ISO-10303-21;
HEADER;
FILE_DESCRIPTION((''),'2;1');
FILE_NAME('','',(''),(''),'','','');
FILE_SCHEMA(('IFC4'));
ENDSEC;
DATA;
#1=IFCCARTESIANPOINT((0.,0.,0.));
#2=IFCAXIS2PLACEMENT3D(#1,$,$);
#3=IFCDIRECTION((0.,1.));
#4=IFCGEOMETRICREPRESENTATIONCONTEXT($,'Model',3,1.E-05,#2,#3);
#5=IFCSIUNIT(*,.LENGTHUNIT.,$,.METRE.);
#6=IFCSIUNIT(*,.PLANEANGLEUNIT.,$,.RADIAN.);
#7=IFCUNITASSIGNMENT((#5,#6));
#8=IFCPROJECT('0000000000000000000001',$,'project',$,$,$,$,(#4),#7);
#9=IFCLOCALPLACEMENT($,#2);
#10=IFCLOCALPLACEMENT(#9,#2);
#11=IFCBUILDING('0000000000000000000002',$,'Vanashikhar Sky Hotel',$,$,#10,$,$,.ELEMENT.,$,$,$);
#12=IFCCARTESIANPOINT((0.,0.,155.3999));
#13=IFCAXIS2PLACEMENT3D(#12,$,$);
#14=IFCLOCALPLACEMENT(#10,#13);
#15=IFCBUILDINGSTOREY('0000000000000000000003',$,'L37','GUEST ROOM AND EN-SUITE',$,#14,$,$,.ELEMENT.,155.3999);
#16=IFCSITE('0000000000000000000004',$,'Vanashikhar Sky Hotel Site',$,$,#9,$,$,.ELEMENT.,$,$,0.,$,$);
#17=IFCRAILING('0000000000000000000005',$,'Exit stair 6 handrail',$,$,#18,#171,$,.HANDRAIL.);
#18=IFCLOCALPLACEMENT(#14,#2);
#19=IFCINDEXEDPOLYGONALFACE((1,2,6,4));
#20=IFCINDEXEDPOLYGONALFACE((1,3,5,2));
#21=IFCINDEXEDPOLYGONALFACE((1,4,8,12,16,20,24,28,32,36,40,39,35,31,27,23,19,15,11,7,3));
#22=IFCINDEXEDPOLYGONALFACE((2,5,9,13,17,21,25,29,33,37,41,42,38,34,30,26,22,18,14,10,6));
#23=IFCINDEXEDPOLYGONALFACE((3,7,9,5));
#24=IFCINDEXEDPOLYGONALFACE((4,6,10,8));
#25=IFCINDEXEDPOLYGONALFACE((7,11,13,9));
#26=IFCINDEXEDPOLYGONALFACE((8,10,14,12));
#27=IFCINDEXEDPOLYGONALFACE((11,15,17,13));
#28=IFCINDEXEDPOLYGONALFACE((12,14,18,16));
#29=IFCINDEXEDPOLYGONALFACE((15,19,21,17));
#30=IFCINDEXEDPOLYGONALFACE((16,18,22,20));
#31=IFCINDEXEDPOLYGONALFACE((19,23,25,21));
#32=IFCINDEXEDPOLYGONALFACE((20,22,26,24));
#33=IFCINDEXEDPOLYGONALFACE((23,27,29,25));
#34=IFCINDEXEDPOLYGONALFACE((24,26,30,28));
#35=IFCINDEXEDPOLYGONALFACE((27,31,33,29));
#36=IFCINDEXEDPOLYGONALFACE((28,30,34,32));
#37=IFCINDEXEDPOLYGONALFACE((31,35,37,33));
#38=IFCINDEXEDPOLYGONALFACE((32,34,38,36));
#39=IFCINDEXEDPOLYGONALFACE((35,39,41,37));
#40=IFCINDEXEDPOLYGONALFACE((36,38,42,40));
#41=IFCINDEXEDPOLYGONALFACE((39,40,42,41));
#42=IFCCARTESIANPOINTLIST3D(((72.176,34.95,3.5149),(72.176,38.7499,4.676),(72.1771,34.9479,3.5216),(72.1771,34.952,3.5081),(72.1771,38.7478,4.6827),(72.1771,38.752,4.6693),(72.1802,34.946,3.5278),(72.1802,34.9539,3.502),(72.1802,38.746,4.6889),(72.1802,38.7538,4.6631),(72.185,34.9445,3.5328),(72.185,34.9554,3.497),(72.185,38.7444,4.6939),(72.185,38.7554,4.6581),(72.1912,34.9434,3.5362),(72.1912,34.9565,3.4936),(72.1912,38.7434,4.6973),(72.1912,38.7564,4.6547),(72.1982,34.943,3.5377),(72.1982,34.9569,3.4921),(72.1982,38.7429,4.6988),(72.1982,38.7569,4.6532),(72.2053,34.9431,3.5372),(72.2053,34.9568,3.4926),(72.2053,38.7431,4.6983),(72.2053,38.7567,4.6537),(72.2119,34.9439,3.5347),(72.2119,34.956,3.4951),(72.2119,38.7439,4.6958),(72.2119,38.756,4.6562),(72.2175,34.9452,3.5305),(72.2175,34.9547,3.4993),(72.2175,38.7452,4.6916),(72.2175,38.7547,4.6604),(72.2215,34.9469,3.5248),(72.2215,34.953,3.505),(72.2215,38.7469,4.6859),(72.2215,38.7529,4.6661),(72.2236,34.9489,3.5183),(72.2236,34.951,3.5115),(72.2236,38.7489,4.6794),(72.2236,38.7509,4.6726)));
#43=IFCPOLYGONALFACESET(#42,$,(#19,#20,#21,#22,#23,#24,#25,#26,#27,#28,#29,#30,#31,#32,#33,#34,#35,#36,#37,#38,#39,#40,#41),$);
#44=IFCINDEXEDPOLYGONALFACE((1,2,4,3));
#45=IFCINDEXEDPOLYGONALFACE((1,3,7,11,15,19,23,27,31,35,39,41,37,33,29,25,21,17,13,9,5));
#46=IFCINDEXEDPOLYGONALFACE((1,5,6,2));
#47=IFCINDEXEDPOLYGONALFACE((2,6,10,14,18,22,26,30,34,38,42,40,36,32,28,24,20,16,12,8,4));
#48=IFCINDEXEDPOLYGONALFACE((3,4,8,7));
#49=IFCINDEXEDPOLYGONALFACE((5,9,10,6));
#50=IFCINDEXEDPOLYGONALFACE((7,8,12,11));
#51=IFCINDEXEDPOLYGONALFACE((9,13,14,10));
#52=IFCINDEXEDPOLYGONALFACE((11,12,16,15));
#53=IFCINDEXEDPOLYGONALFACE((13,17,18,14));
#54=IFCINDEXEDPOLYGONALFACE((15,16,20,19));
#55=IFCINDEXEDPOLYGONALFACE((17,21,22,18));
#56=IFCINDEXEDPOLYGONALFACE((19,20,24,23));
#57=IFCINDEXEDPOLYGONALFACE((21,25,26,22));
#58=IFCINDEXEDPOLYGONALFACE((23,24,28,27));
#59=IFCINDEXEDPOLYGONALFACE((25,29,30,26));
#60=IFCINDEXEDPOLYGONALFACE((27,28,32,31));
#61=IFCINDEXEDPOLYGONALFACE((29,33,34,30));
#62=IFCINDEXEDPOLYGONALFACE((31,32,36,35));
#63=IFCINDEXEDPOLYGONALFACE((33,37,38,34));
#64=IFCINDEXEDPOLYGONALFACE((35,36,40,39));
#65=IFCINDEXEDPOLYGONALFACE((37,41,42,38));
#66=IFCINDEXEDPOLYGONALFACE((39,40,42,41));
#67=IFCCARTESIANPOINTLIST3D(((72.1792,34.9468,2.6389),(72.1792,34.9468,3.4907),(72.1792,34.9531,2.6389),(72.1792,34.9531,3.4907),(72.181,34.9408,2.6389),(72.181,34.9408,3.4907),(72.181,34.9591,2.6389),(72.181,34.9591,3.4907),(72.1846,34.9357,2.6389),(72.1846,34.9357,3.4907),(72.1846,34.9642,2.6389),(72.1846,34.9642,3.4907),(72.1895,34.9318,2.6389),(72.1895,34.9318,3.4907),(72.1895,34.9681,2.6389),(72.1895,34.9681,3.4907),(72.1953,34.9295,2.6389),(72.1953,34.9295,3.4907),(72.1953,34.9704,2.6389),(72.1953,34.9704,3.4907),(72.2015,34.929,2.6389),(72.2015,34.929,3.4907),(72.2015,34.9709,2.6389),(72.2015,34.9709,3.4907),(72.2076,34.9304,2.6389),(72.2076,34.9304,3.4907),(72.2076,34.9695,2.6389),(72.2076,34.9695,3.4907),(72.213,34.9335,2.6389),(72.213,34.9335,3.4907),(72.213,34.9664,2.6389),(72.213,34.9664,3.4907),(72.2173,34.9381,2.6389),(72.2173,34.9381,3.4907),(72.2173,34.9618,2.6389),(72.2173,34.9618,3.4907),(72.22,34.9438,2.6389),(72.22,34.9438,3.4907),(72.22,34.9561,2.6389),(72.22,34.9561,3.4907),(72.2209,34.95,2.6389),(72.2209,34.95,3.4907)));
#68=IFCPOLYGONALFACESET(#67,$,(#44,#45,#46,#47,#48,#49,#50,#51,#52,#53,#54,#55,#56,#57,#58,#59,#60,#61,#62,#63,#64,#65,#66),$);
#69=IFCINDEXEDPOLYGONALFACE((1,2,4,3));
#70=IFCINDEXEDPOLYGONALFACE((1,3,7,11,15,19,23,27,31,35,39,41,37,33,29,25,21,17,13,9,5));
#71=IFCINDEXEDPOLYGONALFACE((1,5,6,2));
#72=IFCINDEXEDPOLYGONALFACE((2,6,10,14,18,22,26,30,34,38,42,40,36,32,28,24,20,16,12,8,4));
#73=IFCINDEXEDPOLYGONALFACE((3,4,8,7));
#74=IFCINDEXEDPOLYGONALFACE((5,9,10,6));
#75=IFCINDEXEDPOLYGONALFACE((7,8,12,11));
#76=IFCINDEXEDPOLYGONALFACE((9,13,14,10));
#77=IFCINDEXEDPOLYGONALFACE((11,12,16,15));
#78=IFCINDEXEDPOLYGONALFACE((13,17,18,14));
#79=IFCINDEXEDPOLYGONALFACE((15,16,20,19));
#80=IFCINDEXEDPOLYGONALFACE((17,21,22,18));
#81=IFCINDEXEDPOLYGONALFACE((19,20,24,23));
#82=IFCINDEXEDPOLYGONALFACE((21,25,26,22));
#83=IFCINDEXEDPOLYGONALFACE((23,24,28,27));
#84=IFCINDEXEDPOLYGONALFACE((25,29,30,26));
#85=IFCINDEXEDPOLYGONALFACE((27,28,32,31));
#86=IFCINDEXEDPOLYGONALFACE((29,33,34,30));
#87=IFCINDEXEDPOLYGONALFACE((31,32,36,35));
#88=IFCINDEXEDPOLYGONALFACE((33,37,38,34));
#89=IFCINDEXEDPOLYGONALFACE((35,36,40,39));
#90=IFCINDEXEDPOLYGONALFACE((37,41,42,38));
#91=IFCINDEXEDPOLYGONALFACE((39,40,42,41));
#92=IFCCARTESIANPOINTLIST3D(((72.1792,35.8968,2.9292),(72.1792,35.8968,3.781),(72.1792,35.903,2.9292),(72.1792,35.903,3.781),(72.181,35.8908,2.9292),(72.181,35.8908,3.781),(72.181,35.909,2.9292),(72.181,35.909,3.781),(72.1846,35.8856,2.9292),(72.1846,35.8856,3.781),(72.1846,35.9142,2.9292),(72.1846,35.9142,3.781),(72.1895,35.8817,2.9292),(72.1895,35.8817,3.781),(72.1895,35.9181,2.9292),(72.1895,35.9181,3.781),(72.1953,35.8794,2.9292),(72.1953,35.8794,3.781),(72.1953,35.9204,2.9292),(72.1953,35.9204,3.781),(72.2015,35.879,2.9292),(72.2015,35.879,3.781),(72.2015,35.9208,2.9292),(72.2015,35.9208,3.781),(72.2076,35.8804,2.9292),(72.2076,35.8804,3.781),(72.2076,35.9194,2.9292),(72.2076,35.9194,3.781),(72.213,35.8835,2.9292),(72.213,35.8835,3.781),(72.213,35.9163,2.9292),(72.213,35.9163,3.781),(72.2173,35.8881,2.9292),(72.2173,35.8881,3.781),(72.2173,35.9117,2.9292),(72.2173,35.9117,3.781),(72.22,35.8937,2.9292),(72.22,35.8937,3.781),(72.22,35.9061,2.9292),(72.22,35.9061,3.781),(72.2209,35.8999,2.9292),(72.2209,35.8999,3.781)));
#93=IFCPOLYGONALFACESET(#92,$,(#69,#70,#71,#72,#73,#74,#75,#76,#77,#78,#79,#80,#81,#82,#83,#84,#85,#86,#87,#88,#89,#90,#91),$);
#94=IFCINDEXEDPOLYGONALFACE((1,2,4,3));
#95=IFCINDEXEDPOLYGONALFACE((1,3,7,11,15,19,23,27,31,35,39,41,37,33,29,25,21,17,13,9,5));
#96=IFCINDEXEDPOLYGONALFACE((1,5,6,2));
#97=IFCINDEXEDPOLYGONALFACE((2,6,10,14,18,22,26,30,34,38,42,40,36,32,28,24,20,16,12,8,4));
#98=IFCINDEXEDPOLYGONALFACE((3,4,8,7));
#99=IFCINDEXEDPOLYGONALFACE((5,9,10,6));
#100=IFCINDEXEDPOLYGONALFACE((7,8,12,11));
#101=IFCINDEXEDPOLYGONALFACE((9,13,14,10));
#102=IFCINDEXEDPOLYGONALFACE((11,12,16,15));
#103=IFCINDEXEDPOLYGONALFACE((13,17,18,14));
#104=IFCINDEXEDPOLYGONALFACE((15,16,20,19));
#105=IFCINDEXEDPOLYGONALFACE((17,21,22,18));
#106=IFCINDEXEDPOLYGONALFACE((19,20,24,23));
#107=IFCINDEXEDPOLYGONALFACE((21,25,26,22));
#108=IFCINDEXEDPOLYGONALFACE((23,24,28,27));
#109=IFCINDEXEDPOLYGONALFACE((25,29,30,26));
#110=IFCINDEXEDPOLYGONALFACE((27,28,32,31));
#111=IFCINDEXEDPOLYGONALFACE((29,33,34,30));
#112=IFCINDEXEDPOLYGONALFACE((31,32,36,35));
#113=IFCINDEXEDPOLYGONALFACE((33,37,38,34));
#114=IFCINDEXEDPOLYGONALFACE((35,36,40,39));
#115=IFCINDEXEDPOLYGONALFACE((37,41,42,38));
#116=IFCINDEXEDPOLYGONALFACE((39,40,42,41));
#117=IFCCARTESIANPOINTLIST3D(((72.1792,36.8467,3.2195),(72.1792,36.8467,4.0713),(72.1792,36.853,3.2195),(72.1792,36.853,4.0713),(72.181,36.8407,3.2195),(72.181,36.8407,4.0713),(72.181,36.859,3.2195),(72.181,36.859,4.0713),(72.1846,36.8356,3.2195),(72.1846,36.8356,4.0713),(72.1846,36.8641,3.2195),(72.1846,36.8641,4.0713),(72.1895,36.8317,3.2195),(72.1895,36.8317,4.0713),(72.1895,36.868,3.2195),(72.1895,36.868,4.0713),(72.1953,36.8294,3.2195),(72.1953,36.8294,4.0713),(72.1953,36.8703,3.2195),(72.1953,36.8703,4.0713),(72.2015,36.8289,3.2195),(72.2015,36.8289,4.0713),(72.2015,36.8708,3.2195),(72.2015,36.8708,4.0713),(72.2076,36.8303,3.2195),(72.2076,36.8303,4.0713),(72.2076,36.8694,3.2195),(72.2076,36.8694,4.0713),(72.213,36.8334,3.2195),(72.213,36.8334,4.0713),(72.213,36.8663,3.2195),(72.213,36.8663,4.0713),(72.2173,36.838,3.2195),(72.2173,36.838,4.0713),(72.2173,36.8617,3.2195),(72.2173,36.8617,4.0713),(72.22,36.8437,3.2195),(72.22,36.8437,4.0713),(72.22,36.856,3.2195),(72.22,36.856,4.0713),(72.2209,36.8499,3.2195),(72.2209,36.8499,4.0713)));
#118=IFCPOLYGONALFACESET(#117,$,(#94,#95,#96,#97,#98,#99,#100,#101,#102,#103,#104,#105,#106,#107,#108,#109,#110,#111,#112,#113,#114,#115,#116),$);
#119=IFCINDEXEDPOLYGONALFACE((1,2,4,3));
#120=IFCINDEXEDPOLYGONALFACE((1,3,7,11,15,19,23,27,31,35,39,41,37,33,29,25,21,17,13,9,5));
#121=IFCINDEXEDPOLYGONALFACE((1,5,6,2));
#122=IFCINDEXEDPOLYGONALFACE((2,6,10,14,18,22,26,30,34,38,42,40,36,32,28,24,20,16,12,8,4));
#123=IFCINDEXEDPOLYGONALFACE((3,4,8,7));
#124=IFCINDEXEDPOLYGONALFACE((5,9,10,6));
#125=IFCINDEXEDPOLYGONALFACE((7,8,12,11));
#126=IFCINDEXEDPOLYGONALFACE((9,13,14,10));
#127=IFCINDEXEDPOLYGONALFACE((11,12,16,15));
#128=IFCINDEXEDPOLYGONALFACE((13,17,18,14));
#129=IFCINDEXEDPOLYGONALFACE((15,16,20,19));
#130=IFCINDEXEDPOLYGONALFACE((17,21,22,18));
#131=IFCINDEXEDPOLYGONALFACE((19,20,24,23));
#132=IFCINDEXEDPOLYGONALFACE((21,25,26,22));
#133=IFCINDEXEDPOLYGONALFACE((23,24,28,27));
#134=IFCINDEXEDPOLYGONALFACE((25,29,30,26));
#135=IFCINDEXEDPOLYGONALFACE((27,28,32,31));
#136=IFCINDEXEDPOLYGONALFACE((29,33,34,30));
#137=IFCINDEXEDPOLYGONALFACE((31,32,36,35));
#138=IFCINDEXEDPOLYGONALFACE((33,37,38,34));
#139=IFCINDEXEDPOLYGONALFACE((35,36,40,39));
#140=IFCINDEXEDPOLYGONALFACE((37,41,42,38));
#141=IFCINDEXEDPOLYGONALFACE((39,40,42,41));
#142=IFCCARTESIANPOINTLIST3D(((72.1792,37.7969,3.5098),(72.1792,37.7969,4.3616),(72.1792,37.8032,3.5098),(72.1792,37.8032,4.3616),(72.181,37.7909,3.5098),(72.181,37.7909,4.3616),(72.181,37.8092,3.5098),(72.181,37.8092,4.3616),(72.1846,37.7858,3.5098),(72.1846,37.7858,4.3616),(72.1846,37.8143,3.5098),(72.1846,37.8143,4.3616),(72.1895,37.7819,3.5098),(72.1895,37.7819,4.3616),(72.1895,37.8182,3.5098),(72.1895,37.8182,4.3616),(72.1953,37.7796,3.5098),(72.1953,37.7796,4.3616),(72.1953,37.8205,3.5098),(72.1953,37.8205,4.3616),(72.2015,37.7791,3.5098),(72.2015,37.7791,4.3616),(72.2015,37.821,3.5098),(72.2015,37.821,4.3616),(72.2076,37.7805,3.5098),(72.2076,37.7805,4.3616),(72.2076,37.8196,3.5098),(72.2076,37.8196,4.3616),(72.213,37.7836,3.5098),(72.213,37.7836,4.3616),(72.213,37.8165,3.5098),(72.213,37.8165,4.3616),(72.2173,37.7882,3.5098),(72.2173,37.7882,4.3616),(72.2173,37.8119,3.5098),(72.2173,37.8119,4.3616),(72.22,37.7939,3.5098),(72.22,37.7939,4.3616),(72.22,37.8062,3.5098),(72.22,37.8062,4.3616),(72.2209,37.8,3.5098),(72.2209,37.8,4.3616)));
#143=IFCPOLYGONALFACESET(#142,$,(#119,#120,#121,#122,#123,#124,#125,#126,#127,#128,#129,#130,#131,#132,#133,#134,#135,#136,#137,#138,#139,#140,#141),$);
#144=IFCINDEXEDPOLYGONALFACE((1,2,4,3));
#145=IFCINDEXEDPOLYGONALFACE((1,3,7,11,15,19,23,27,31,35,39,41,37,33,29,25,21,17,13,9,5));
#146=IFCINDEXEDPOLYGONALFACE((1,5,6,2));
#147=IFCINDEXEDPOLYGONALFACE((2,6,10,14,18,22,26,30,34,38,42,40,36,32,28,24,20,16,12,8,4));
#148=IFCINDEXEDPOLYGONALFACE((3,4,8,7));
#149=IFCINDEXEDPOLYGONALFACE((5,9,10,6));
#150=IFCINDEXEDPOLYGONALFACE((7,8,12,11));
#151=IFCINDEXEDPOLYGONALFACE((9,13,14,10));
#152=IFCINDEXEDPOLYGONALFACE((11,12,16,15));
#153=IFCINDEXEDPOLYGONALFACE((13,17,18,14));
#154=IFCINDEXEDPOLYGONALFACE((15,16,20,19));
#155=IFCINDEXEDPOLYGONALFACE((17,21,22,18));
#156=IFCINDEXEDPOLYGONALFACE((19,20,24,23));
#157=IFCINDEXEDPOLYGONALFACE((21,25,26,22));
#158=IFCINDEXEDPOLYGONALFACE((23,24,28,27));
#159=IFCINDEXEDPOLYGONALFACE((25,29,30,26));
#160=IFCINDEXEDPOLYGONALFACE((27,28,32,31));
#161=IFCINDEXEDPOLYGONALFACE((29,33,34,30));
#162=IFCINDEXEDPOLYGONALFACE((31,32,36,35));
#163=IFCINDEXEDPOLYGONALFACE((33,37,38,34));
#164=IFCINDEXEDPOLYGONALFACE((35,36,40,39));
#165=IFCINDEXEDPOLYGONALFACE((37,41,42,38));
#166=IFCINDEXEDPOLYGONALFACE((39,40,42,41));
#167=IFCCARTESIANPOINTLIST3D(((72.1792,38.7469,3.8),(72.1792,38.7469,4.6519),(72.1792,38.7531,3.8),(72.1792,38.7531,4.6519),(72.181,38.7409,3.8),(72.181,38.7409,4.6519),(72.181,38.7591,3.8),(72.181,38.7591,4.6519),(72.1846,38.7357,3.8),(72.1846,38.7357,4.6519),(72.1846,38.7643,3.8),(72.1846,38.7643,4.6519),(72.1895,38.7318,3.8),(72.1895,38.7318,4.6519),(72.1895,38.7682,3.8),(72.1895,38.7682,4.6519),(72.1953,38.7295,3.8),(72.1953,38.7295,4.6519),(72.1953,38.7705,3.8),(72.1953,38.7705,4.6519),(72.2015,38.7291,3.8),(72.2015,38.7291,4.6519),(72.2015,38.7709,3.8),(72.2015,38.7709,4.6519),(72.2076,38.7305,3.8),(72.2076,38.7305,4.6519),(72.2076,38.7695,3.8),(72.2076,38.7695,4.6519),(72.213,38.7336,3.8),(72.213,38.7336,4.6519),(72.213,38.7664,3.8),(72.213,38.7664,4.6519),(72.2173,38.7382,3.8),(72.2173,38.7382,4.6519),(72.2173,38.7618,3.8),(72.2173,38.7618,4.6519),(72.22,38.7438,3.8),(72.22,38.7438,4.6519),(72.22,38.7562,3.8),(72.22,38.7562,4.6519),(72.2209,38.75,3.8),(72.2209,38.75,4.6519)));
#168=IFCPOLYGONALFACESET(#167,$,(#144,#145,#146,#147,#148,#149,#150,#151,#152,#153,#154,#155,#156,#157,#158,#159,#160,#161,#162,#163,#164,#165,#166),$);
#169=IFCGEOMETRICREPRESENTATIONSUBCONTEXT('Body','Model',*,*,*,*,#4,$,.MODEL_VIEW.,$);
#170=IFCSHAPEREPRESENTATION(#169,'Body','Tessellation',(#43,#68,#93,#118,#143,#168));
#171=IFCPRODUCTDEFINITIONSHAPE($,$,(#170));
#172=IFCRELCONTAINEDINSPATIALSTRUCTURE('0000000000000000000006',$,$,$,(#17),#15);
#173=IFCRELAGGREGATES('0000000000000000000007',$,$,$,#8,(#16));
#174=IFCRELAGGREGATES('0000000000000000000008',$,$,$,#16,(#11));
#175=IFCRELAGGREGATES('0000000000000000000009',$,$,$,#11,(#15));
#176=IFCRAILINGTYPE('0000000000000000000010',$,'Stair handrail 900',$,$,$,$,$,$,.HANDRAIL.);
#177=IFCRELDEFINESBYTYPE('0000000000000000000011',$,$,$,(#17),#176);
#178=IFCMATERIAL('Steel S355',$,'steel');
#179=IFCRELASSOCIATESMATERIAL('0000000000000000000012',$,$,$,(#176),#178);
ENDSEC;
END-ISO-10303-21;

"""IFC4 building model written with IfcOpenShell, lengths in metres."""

from ifc_helpers import new_model, si_unit, direction, frame, origin, origin_2d, place, context, subcontext, project, spatial, circle, extrude, source, transform, mapped, material, type_object, element, save


model = new_model("IFC4")

# Units and contexts
model_context = context("Model", 3, precision=1e-05, world=origin(), true_north=direction((0.0, 1.0)))
body_context = subcontext(model_context, "Body", "Model", "MODEL_VIEW")
ifc_project = project(units=[si_unit("LENGTHUNIT", "METRE"), si_unit("PLANEANGLEUNIT", "RADIAN")], contexts=[model_context])

# Site, building, storey
site_placement = place(None, origin())
site = spatial("IfcSite", under=ifc_project, at=site_placement, Name="Vanashikhar Sky Hotel Site", CompositionType="ELEMENT", RefElevation=0.0)
building_placement = place(site_placement, origin())
building = spatial("IfcBuilding", under=site, at=building_placement, Name="Vanashikhar Sky Hotel", CompositionType="ELEMENT")
storey_placement = place(building_placement, frame((0.0, 0.0, 155.3999)))
storey = spatial("IfcBuildingStorey", under=building, at=storey_placement, Name="L37", Description="GUEST ROOM AND EN-SUITE", CompositionType="ELEMENT", Elevation=155.3999)

# Railing
ifc_material_1 = material(Name="Steel S355", Category="steel")
railing_type_1 = type_object("IfcRailingType", Name="Stair handrail 900", PredefinedType="HANDRAIL", material=ifc_material_1)
shared_shape_1 = source(origin(), body_context, "Body", "SweptSolid", [
    extrude(circle(Radius=0.0239, at=origin_2d()), frame((0.0, 0.0, 0.876), z_axis=(0.0, 0.956351, 0.29222), x_axis=(-1.0, 0.0, 0.0)), (0.0, 0.0, 1.0), 3.9734),
    extrude(circle(Radius=0.021, at=origin_2d()), origin(), (0.0, 0.0, 1.0), 0.8518),
    extrude(circle(Radius=0.021, at=origin_2d()), frame((0.0, 0.95, 0.2903)), (0.0, 0.0, 1.0), 0.8518),
    extrude(circle(Radius=0.021, at=origin_2d()), frame((0.0, 1.8999, 0.5806)), (0.0, 0.0, 1.0), 0.8518),
    extrude(circle(Radius=0.021, at=origin_2d()), frame((0.0, 2.8501, 0.8708)), (0.0, 0.0, 1.0), 0.8518),
    extrude(circle(Radius=0.021, at=origin_2d()), frame((0.0, 3.8, 1.1611)), (0.0, 0.0, 1.0), 0.8518),
])
for number, where, name in (
    (1, (72.2, 34.95, 2.6389), "Exit stair 6 handrail"),
):
    element("IfcRailing", number, at=place(storey_placement, frame(where)), inside=storey, type_object=railing_type_1, Name=name, PredefinedType="HANDRAIL", context=body_context, shape_type="MappedRepresentation", body=[
        mapped(shared_shape_1, transform((0.0, 0.0, 0.0), scale=1.0)),
    ])

save(model, "model.ifc")
